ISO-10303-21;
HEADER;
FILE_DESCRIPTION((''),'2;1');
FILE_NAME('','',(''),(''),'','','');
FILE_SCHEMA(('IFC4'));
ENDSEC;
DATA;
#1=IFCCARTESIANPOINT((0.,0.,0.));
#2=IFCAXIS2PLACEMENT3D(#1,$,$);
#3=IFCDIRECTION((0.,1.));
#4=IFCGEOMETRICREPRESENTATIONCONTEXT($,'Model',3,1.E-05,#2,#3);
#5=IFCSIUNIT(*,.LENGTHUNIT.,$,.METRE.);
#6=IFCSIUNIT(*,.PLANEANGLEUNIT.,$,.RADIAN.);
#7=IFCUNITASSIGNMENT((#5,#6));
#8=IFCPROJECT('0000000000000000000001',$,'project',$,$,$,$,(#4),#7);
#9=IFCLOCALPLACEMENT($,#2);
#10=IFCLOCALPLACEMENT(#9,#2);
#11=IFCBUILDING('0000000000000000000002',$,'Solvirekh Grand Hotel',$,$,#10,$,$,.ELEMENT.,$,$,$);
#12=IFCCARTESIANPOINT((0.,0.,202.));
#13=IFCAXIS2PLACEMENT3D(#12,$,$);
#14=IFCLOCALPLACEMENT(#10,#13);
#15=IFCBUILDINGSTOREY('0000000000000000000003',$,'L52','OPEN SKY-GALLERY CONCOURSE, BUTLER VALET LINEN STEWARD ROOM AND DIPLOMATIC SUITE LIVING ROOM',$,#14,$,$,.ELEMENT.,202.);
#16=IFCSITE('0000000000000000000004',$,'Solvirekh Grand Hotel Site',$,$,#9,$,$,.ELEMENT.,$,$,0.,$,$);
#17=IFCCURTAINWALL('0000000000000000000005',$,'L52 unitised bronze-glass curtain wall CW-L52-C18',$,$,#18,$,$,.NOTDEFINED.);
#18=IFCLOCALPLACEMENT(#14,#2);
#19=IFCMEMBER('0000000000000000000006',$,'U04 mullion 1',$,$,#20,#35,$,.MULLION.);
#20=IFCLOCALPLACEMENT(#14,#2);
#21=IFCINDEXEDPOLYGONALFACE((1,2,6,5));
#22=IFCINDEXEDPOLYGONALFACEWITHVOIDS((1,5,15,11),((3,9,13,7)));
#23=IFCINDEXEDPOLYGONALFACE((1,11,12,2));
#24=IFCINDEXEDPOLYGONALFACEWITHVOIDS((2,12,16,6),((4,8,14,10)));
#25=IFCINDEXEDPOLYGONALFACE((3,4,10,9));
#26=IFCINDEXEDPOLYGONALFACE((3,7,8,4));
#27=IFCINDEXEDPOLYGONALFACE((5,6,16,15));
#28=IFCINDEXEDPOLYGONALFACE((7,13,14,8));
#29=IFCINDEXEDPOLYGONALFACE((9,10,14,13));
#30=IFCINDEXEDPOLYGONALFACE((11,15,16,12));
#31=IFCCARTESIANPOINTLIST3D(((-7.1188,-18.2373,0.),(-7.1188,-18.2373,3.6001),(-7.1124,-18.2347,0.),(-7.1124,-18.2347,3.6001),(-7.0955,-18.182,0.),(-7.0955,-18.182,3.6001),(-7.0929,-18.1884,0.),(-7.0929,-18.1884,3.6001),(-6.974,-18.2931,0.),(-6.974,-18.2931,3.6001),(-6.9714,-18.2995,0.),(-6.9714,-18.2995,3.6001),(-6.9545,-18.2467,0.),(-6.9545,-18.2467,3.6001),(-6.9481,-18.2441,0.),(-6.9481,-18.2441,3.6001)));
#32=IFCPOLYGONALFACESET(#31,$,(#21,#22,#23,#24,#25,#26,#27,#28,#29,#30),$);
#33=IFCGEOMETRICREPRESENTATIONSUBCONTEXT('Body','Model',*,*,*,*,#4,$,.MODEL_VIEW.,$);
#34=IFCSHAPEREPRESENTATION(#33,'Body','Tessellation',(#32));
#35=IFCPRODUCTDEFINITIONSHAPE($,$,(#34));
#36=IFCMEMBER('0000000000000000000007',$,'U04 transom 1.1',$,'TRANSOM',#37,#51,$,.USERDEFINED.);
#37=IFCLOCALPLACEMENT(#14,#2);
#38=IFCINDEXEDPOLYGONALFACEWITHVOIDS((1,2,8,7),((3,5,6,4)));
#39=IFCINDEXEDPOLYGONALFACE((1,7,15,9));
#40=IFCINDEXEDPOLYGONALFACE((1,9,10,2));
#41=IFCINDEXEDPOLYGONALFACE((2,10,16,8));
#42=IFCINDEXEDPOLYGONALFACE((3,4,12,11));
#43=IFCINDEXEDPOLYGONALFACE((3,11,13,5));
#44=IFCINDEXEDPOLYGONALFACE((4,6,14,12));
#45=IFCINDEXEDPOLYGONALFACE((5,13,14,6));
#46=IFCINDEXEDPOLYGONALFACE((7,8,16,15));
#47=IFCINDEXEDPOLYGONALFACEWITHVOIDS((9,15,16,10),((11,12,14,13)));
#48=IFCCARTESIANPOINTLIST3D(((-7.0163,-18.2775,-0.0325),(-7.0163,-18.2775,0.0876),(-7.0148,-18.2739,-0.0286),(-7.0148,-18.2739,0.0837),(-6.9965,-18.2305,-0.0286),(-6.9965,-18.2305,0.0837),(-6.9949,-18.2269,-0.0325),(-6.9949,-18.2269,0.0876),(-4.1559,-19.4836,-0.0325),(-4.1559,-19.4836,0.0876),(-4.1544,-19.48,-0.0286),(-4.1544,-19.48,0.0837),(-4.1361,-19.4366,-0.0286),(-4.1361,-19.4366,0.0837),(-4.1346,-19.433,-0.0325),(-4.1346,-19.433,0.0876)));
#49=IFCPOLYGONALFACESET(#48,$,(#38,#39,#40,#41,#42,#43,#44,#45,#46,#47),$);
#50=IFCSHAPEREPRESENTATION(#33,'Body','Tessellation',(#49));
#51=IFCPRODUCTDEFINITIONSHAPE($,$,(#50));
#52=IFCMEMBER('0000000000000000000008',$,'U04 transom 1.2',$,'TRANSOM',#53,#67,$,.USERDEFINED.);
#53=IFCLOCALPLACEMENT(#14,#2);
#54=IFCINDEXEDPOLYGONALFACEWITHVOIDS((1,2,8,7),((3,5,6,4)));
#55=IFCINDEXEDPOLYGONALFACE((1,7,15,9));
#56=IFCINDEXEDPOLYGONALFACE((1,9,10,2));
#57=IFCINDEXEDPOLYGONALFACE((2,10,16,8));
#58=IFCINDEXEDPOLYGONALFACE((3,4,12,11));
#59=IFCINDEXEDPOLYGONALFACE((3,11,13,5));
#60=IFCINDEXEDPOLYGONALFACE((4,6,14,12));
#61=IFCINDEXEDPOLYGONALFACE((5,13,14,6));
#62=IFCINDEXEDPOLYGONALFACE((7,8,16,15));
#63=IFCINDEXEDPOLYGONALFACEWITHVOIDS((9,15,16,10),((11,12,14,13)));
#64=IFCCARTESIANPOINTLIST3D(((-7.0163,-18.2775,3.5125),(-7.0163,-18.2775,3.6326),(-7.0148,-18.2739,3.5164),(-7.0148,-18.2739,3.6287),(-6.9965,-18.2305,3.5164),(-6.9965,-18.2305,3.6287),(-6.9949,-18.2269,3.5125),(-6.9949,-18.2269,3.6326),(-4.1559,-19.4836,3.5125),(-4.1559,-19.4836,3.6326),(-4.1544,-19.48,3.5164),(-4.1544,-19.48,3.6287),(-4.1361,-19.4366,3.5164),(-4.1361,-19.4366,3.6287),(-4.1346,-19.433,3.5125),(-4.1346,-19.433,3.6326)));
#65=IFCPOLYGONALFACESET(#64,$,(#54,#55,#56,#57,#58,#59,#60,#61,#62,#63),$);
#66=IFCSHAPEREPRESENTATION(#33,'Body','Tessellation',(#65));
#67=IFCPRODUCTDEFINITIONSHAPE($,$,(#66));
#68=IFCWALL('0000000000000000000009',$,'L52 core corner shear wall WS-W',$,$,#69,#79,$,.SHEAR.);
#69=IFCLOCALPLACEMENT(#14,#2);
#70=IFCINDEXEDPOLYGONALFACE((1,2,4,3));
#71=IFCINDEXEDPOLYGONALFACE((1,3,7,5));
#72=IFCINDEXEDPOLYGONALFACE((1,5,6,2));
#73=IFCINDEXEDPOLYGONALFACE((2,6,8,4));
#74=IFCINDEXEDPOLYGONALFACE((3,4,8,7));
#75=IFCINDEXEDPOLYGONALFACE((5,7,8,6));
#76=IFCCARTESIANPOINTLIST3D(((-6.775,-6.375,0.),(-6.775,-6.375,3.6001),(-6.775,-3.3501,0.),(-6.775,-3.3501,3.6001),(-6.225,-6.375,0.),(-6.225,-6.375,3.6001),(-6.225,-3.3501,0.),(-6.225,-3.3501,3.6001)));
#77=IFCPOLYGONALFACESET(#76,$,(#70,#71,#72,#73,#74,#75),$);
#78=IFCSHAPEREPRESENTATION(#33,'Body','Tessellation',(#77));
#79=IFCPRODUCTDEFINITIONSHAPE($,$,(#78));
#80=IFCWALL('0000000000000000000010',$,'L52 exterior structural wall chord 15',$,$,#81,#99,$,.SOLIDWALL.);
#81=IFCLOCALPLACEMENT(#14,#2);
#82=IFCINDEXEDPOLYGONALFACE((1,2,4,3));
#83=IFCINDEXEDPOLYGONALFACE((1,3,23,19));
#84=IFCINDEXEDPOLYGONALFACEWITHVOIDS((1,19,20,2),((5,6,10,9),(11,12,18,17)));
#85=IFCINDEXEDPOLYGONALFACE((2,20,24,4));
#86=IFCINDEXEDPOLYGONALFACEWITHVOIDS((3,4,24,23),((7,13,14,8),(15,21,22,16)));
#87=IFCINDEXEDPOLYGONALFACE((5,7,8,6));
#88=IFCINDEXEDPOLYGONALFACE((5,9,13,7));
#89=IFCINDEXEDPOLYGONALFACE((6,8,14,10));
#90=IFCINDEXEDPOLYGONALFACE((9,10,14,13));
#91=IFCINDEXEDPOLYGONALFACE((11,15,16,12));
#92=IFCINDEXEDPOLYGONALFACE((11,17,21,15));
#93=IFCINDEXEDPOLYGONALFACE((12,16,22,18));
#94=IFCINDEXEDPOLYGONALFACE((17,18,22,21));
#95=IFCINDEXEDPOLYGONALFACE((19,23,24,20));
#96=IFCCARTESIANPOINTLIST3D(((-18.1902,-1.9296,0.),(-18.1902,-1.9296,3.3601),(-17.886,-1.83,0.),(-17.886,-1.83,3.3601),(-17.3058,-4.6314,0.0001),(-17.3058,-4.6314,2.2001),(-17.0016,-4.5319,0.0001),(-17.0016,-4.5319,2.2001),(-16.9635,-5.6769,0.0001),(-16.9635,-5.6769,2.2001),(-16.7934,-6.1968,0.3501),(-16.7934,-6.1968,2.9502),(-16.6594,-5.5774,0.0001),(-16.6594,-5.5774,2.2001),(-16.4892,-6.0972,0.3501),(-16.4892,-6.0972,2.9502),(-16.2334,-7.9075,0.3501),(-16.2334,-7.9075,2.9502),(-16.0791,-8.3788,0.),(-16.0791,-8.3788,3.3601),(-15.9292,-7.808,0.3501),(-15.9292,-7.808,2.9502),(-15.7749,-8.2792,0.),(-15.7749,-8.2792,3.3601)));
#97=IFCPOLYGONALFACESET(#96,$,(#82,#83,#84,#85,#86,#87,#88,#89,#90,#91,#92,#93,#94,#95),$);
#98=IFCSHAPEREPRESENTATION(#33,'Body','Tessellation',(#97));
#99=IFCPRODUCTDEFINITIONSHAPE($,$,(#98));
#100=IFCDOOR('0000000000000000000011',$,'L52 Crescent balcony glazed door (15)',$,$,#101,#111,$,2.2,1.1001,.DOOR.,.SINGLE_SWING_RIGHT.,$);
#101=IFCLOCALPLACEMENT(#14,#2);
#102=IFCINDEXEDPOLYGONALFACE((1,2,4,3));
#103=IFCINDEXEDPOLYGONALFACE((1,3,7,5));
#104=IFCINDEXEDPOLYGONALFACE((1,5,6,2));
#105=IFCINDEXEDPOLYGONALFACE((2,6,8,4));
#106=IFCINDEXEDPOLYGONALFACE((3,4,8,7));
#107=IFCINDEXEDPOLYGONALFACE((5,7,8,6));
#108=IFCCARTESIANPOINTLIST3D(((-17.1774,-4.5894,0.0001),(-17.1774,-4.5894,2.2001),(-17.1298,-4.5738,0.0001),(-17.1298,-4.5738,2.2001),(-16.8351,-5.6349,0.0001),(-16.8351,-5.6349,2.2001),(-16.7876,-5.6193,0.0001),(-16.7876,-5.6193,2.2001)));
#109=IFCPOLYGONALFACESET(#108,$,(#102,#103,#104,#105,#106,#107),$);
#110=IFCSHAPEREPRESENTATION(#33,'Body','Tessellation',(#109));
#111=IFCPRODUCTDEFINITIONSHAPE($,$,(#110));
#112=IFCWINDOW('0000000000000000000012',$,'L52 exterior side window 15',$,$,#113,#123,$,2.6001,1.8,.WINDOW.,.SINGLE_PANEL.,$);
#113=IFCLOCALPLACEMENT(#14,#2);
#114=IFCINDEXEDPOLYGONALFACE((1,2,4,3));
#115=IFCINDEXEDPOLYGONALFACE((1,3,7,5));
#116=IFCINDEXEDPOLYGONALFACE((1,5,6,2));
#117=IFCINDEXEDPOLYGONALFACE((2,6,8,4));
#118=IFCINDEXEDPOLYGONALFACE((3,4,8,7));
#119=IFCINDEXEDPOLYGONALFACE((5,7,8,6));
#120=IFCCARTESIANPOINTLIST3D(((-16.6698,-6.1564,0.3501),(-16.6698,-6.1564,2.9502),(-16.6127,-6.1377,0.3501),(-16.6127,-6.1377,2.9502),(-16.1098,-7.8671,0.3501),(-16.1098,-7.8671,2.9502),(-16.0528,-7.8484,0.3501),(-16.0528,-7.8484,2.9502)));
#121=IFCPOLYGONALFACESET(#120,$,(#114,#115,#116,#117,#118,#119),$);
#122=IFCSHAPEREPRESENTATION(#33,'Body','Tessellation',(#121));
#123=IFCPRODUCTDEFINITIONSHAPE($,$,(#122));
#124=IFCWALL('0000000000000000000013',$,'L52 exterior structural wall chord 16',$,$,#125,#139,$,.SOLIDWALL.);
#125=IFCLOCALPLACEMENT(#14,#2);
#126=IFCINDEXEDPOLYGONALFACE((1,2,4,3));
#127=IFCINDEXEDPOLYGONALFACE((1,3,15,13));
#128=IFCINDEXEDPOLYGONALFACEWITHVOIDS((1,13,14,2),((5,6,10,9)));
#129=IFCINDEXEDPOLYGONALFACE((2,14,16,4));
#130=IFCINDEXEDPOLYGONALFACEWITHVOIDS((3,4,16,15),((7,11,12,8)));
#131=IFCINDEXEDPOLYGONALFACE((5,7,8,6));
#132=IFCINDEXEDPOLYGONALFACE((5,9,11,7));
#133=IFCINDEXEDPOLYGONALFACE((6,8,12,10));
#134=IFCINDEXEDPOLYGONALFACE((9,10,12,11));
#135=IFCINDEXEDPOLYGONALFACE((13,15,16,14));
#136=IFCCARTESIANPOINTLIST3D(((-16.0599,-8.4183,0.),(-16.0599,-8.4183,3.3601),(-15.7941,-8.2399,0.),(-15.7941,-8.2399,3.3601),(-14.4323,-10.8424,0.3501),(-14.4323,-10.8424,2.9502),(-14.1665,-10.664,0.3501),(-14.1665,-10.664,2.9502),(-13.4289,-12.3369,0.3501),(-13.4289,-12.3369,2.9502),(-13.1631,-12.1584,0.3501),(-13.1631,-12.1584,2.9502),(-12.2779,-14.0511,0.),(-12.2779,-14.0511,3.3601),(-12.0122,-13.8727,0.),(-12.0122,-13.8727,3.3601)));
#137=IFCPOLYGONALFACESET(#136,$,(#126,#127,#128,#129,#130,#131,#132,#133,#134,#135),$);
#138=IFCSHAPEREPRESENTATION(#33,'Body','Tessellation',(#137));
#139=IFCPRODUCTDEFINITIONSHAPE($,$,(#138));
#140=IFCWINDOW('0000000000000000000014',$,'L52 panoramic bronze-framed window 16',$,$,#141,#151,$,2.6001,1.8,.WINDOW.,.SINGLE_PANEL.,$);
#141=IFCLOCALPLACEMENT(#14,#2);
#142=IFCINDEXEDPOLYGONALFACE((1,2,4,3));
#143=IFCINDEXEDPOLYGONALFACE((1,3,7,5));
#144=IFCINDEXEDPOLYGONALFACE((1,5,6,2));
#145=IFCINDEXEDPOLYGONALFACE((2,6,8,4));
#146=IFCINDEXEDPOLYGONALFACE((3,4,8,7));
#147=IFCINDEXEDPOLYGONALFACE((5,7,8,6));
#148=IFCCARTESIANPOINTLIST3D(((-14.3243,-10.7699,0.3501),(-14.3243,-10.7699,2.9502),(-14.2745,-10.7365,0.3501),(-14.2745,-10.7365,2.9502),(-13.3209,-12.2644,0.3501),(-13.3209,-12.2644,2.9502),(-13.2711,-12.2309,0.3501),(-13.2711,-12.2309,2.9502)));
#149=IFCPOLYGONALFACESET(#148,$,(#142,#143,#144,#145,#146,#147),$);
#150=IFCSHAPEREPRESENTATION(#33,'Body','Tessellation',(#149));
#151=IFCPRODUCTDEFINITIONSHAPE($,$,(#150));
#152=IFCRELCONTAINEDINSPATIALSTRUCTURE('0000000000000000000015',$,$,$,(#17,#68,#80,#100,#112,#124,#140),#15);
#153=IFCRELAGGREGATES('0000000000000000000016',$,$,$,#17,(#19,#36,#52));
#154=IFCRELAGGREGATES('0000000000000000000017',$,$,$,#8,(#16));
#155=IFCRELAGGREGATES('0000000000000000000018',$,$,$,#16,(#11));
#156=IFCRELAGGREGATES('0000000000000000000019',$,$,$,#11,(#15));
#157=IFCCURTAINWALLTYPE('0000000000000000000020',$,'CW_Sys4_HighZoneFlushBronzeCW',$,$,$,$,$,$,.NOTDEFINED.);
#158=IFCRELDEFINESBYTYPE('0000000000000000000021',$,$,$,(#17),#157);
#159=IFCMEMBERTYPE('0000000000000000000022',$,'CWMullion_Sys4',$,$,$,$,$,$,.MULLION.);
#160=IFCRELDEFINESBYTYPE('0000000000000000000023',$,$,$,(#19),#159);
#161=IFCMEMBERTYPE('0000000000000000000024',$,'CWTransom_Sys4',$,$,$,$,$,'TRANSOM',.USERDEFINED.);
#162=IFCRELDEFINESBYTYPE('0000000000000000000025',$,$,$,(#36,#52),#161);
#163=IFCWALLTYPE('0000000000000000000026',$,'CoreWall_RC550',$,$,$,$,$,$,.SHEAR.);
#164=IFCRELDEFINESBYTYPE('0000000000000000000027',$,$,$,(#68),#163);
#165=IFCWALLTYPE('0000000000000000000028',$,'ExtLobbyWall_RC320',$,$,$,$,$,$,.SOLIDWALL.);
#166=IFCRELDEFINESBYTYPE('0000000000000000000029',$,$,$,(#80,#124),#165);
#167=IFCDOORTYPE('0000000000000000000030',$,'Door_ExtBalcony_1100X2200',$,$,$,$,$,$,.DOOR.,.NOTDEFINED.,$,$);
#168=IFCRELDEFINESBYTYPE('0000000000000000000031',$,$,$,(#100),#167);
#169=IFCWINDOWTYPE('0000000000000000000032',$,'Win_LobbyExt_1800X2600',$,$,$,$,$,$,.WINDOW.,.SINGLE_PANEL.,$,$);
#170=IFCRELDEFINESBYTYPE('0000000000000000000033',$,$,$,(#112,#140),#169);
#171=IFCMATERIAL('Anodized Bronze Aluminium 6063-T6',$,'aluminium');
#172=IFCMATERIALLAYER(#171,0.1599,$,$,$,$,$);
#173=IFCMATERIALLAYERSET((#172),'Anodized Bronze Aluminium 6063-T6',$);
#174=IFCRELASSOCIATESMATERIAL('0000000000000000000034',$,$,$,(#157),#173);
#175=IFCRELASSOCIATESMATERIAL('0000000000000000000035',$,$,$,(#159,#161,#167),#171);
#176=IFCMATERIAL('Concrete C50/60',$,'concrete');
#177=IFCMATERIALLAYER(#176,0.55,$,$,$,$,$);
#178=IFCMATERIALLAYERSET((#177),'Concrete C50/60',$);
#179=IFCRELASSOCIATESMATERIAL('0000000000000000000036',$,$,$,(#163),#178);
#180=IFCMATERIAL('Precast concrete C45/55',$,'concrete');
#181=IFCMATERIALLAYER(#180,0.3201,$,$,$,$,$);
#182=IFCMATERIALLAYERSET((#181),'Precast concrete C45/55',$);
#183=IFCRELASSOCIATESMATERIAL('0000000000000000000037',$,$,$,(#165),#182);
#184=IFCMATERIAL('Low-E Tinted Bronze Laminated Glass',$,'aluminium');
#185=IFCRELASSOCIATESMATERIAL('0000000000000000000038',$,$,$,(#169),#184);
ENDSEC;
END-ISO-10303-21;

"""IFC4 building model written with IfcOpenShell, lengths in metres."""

from ifc_helpers import new_model, si_unit, direction, frame, frame_2d, origin, origin_2d, place, context, subcontext, project, spatial, rectangle, hollow_rectangle, extrude, source, transform, mapped, material, layer, layer_set, material_profile, profile_set, type_object, element, fill, aggregate, save


model = new_model("IFC4")

# Units and contexts
model_context = context("Model", 3, precision=1e-05, world=origin(), true_north=direction((0.0, 1.0)))
body_context = subcontext(model_context, "Body", "Model", "MODEL_VIEW")
ifc_project = project(units=[si_unit("LENGTHUNIT", "METRE"), si_unit("PLANEANGLEUNIT", "RADIAN")], contexts=[model_context])

# Site, building, storey
site_placement = place(None, origin())
site = spatial("IfcSite", under=ifc_project, at=site_placement, Name="Solvirekh Grand Hotel Site", CompositionType="ELEMENT", RefElevation=0.0)
building_placement = place(site_placement, origin())
building = spatial("IfcBuilding", under=site, at=building_placement, Name="Solvirekh Grand Hotel", CompositionType="ELEMENT")
storey_placement = place(building_placement, frame((0.0, 0.0, 202.0)))
storey = spatial("IfcBuildingStorey", under=building, at=storey_placement, Name="L52", Description="OPEN SKY-GALLERY CONCOURSE, BUTLER VALET LINEN STEWARD ROOM AND DIPLOMATIC SUITE LIVING ROOM", CompositionType="ELEMENT", Elevation=202.0)

# Shared definitions
ifc_material_1 = material(Name="Concrete C50/60", Category="concrete")

# Curtain wall, members
ifc_material_2 = material(Name="Anodized Bronze Aluminium 6063-T6", Category="aluminium")
ifc_layer_1 = layer(ifc_material_2, 0.1599)
ifc_layer_set_1 = layer_set([ifc_layer_1], Name="Anodized Bronze Aluminium 6063-T6")
curtain_wall_type = type_object("IfcCurtainWallType", Name="CW_Sys4_HighZoneFlushBronzeCW", PredefinedType="NOTDEFINED", material=ifc_layer_set_1)
curtain_wall_placement = place(storey_placement, origin())
curtain_wall = element("IfcCurtainWall", 1, at=curtain_wall_placement, inside=storey, type_object=curtain_wall_type, Name="L52 unitised bronze-glass curtain wall CW-L52-C18", PredefinedType="NOTDEFINED")
ifc_material_profile_1 = material_profile(ifc_material_2, hollow_rectangle(XDim=0.0601, YDim=0.1599, WallThickness=0.0049, at=origin_2d()), Name="ALU RHS 160X60X5")
ifc_profile_set_1 = profile_set([ifc_material_profile_1], Name="Anodized Bronze Aluminium 6063-T6")
member_type_1 = type_object("IfcMemberType", Name="CWMullion_Sys4", PredefinedType="MULLION", material=ifc_profile_set_1)
shared_shape_1 = source(origin(), body_context, "Body", "SweptSolid", [
    extrude(hollow_rectangle(XDim=0.0601, YDim=0.1599, WallThickness=0.0049, at=origin_2d()), origin(), (0.0, 0.0, 1.0), 3.6001),
])
member_1_placement = place(storey_placement, frame((-7.0334, -18.2407, 0.0), z_axis=(0.0, 0.0, 1.0), x_axis=(0.388491, 0.921453, 0.0)))
member_1 = element("IfcMember", 2, at=member_1_placement, type_object=member_type_1, Name="U04 mullion 1", PredefinedType="MULLION", context=body_context, shape_type="MappedRepresentation", body=[
    mapped(shared_shape_1, transform((0.0, 0.0, 0.0), x_axis=(1.0, 0.0, 0.0), y_axis=(0.0, 1.0, 0.0), z_axis=(0.0, 0.0, 1.0), scale=1.0)),
])
ifc_material_profile_2 = material_profile(ifc_material_2, hollow_rectangle(XDim=0.0549, YDim=0.1201, WallThickness=0.0039, at=origin_2d()), Name="ALU RHS 120X55X4")
ifc_profile_set_2 = profile_set([ifc_material_profile_2], Name="Anodized Bronze Aluminium 6063-T6")
member_type_2 = type_object("IfcMemberType", Name="CWTransom_Sys4", ElementType="TRANSOM", PredefinedType="USERDEFINED", material=ifc_profile_set_2)
shared_shape_2 = source(origin(), body_context, "Body", "SweptSolid", [
    extrude(hollow_rectangle(XDim=0.0549, YDim=0.1201, WallThickness=0.0039, at=origin_2d()), origin(), (0.0, 0.0, 1.0), 3.1042),
])
member_2_placement = place(storey_placement, frame((-7.0056, -18.2522, 0.0276), z_axis=(0.92144, -0.388521, 0.0), x_axis=(0.388521, 0.92144, 0.0)))
member_2 = element("IfcMember", 3, at=member_2_placement, type_object=member_type_2, Name="U04 transom 1.1", ObjectType="TRANSOM", PredefinedType="USERDEFINED", context=body_context, shape_type="MappedRepresentation", body=[
    mapped(shared_shape_2, transform((0.0, 0.0, 0.0), x_axis=(1.0, 0.0, 0.0), y_axis=(0.0, 1.0, 0.0), z_axis=(0.0, 0.0, 1.0), scale=1.0)),
])
member_3_placement = place(storey_placement, frame((-7.0056, -18.2522, 3.5725), z_axis=(0.92144, -0.388521, 0.0), x_axis=(0.388521, 0.92144, 0.0)))
member_3 = element("IfcMember", 4, at=member_3_placement, type_object=member_type_2, Name="U04 transom 1.2", ObjectType="TRANSOM", PredefinedType="USERDEFINED", context=body_context, shape_type="MappedRepresentation", body=[
    mapped(shared_shape_2, transform((0.0, 0.0, 0.0), x_axis=(1.0, 0.0, 0.0), y_axis=(0.0, 1.0, 0.0), z_axis=(0.0, 0.0, 1.0), scale=1.0)),
])
aggregate(curtain_wall, [member_1, member_2, member_3])

# Wall
ifc_layer_2 = layer(ifc_material_1, 0.55)
ifc_layer_set_2 = layer_set([ifc_layer_2], Name="Concrete C50/60")
wall_type_1 = type_object("IfcWallType", Name="CoreWall_RC550", PredefinedType="SHEAR", material=ifc_layer_set_2)
wall_1_placement = place(storey_placement, frame((-6.5, -6.375, 0.0), z_axis=(0.0, 0.0, 1.0), x_axis=(0.0, 1.0, 0.0)))
element("IfcWall", 5, at=wall_1_placement, inside=storey, type_object=wall_type_1, Name="L52 core corner shear wall WS-W", PredefinedType="SHEAR", context=body_context, shape_type="SweptSolid", body=[
    extrude(rectangle(XDim=3.0249, YDim=0.55, at=frame_2d((1.5125, 0.0))), origin(), (0.0, 0.0, 1.0), 3.6001),
])

# Wall, openings, door, window
ifc_material_3 = material(Name="Precast concrete C45/55", Category="concrete")
ifc_layer_3 = layer(ifc_material_3, 0.3201)
ifc_layer_set_3 = layer_set([ifc_layer_3], Name="Precast concrete C45/55")
wall_type_2 = type_object("IfcWallType", Name="ExtLobbyWall_RC320", PredefinedType="SOLIDWALL", material=ifc_layer_set_3)
wall_2_placement = place(storey_placement, frame((-15.927, -8.3291, 0.0), z_axis=(0.0, 0.0, 1.0), x_axis=(-0.311096, 0.950378, 0.0)))
wall_2 = element("IfcWall", 6, at=wall_2_placement, inside=storey, type_object=wall_type_2, Name="L52 exterior structural wall chord 15", PredefinedType="SOLIDWALL", context=body_context, shape_type="SweptSolid", body=[
    extrude(rectangle(XDim=6.7859, YDim=0.3201, at=frame_2d((3.3931, 0.0))), origin(), (0.0, 0.0, 1.0), 3.3601),
])
opening_1_placement = place(wall_2_placement, frame((0.4961, 0.0, 0.3501)))
opening_1 = element("IfcOpeningElement", 7, at=opening_1_placement, cuts=wall_2, PredefinedType="OPENING", context=body_context, shape_type="SweptSolid", body=[
    extrude(rectangle(XDim=1.8, YDim=2.6001, at=frame_2d((0.8999, 1.3))), frame((0.0, 0.1699, 0.0), z_axis=(0.0, -1.0, 0.0), x_axis=(1.0, 0.0, 0.0)), (0.0, 0.0, 1.0), 0.3401),
])
opening_2_placement = place(wall_2_placement, frame((2.843, 0.0, 0.0)))
opening_2 = element("IfcOpeningElement", 8, at=opening_2_placement, cuts=wall_2, PredefinedType="OPENING", context=body_context, shape_type="SweptSolid", body=[
    extrude(rectangle(XDim=1.1001, YDim=2.2, at=frame_2d((0.55, 1.1001))), frame((0.0, 0.1699, 0.0), z_axis=(0.0, -1.0, 0.0), x_axis=(1.0, 0.0, 0.0)), (0.0, 0.0, 1.0), 0.3401),
])
door_type_1 = type_object("IfcDoorType", Name="Door_ExtBalcony_1100X2200", OperationType="NOTDEFINED", PredefinedType="DOOR", material=ifc_material_2)
door_1_placement = place(opening_2_placement, origin())
door_1 = element("IfcDoor", 9, at=door_1_placement, inside=storey, type_object=door_type_1, Name="L52 Crescent balcony glazed door (15)", OperationType="SINGLE_SWING_RIGHT", OverallHeight=2.2, OverallWidth=1.1001, PredefinedType="DOOR", context=body_context, shape_type="SweptSolid", body=[
    extrude(rectangle(XDim=1.1001, YDim=2.2, at=frame_2d((0.55, 1.1001))), frame((0.0, 0.0249, 0.0), z_axis=(0.0, -1.0, 0.0), x_axis=(1.0, 0.0, 0.0)), (0.0, 0.0, 1.0), 0.05),
])
fill(opening_2, door_1)
ifc_material_4 = material(Name="Low-E Tinted Bronze Laminated Glass", Category="aluminium")
window_type = type_object("IfcWindowType", Name="Win_LobbyExt_1800X2600", PartitioningType="SINGLE_PANEL", PredefinedType="WINDOW", material=ifc_material_4)
window_1_placement = place(opening_1_placement, origin())
window_1 = element("IfcWindow", 10, at=window_1_placement, inside=storey, type_object=window_type, Name="L52 exterior side window 15", OverallHeight=2.6001, OverallWidth=1.8, PartitioningType="SINGLE_PANEL", PredefinedType="WINDOW", context=body_context, shape_type="SweptSolid", body=[
    extrude(rectangle(XDim=1.8, YDim=2.6001, at=frame_2d((0.8999, 1.3))), frame((0.0, 0.03, 0.0), z_axis=(0.0, -1.0, 0.0), x_axis=(1.0, 0.0, 0.0)), (0.0, 0.0, 1.0), 0.0601),
])
fill(opening_1, window_1)

# Wall, opening, window
wall_3_placement = place(storey_placement, frame((-12.145, -13.9619, 0.0), z_axis=(0.0, 0.0, 1.0), x_axis=(-0.557429, 0.830224, 0.0)))
wall_3 = element("IfcWall", 11, at=wall_3_placement, inside=storey, type_object=wall_type_2, Name="L52 exterior structural wall chord 16", PredefinedType="SOLIDWALL", context=body_context, shape_type="SweptSolid", body=[
    extrude(rectangle(XDim=6.7847, YDim=0.3201, at=frame_2d((3.3923, 0.0))), origin(), (0.0, 0.0, 1.0), 3.3601),
])
opening_3_placement = place(wall_3_placement, frame((2.0649, 0.0, 0.3501)))
opening_3 = element("IfcOpeningElement", 12, at=opening_3_placement, cuts=wall_3, PredefinedType="OPENING", context=body_context, shape_type="SweptSolid", body=[
    extrude(rectangle(XDim=1.8, YDim=2.6001, at=frame_2d((0.8999, 1.3))), frame((0.0, 0.1699, 0.0), z_axis=(0.0, -1.0, 0.0), x_axis=(1.0, 0.0, 0.0)), (0.0, 0.0, 1.0), 0.3401),
])
window_2_placement = place(opening_3_placement, origin())
window_2 = element("IfcWindow", 13, at=window_2_placement, inside=storey, type_object=window_type, Name="L52 panoramic bronze-framed window 16", OverallHeight=2.6001, OverallWidth=1.8, PartitioningType="SINGLE_PANEL", PredefinedType="WINDOW", context=body_context, shape_type="SweptSolid", body=[
    extrude(rectangle(XDim=1.8, YDim=2.6001, at=frame_2d((0.8999, 1.3))), frame((0.0, 0.03, 0.0), z_axis=(0.0, -1.0, 0.0), x_axis=(1.0, 0.0, 0.0)), (0.0, 0.0, 1.0), 0.0601),
])
fill(opening_3, window_2)

save(model, "model.ifc")
